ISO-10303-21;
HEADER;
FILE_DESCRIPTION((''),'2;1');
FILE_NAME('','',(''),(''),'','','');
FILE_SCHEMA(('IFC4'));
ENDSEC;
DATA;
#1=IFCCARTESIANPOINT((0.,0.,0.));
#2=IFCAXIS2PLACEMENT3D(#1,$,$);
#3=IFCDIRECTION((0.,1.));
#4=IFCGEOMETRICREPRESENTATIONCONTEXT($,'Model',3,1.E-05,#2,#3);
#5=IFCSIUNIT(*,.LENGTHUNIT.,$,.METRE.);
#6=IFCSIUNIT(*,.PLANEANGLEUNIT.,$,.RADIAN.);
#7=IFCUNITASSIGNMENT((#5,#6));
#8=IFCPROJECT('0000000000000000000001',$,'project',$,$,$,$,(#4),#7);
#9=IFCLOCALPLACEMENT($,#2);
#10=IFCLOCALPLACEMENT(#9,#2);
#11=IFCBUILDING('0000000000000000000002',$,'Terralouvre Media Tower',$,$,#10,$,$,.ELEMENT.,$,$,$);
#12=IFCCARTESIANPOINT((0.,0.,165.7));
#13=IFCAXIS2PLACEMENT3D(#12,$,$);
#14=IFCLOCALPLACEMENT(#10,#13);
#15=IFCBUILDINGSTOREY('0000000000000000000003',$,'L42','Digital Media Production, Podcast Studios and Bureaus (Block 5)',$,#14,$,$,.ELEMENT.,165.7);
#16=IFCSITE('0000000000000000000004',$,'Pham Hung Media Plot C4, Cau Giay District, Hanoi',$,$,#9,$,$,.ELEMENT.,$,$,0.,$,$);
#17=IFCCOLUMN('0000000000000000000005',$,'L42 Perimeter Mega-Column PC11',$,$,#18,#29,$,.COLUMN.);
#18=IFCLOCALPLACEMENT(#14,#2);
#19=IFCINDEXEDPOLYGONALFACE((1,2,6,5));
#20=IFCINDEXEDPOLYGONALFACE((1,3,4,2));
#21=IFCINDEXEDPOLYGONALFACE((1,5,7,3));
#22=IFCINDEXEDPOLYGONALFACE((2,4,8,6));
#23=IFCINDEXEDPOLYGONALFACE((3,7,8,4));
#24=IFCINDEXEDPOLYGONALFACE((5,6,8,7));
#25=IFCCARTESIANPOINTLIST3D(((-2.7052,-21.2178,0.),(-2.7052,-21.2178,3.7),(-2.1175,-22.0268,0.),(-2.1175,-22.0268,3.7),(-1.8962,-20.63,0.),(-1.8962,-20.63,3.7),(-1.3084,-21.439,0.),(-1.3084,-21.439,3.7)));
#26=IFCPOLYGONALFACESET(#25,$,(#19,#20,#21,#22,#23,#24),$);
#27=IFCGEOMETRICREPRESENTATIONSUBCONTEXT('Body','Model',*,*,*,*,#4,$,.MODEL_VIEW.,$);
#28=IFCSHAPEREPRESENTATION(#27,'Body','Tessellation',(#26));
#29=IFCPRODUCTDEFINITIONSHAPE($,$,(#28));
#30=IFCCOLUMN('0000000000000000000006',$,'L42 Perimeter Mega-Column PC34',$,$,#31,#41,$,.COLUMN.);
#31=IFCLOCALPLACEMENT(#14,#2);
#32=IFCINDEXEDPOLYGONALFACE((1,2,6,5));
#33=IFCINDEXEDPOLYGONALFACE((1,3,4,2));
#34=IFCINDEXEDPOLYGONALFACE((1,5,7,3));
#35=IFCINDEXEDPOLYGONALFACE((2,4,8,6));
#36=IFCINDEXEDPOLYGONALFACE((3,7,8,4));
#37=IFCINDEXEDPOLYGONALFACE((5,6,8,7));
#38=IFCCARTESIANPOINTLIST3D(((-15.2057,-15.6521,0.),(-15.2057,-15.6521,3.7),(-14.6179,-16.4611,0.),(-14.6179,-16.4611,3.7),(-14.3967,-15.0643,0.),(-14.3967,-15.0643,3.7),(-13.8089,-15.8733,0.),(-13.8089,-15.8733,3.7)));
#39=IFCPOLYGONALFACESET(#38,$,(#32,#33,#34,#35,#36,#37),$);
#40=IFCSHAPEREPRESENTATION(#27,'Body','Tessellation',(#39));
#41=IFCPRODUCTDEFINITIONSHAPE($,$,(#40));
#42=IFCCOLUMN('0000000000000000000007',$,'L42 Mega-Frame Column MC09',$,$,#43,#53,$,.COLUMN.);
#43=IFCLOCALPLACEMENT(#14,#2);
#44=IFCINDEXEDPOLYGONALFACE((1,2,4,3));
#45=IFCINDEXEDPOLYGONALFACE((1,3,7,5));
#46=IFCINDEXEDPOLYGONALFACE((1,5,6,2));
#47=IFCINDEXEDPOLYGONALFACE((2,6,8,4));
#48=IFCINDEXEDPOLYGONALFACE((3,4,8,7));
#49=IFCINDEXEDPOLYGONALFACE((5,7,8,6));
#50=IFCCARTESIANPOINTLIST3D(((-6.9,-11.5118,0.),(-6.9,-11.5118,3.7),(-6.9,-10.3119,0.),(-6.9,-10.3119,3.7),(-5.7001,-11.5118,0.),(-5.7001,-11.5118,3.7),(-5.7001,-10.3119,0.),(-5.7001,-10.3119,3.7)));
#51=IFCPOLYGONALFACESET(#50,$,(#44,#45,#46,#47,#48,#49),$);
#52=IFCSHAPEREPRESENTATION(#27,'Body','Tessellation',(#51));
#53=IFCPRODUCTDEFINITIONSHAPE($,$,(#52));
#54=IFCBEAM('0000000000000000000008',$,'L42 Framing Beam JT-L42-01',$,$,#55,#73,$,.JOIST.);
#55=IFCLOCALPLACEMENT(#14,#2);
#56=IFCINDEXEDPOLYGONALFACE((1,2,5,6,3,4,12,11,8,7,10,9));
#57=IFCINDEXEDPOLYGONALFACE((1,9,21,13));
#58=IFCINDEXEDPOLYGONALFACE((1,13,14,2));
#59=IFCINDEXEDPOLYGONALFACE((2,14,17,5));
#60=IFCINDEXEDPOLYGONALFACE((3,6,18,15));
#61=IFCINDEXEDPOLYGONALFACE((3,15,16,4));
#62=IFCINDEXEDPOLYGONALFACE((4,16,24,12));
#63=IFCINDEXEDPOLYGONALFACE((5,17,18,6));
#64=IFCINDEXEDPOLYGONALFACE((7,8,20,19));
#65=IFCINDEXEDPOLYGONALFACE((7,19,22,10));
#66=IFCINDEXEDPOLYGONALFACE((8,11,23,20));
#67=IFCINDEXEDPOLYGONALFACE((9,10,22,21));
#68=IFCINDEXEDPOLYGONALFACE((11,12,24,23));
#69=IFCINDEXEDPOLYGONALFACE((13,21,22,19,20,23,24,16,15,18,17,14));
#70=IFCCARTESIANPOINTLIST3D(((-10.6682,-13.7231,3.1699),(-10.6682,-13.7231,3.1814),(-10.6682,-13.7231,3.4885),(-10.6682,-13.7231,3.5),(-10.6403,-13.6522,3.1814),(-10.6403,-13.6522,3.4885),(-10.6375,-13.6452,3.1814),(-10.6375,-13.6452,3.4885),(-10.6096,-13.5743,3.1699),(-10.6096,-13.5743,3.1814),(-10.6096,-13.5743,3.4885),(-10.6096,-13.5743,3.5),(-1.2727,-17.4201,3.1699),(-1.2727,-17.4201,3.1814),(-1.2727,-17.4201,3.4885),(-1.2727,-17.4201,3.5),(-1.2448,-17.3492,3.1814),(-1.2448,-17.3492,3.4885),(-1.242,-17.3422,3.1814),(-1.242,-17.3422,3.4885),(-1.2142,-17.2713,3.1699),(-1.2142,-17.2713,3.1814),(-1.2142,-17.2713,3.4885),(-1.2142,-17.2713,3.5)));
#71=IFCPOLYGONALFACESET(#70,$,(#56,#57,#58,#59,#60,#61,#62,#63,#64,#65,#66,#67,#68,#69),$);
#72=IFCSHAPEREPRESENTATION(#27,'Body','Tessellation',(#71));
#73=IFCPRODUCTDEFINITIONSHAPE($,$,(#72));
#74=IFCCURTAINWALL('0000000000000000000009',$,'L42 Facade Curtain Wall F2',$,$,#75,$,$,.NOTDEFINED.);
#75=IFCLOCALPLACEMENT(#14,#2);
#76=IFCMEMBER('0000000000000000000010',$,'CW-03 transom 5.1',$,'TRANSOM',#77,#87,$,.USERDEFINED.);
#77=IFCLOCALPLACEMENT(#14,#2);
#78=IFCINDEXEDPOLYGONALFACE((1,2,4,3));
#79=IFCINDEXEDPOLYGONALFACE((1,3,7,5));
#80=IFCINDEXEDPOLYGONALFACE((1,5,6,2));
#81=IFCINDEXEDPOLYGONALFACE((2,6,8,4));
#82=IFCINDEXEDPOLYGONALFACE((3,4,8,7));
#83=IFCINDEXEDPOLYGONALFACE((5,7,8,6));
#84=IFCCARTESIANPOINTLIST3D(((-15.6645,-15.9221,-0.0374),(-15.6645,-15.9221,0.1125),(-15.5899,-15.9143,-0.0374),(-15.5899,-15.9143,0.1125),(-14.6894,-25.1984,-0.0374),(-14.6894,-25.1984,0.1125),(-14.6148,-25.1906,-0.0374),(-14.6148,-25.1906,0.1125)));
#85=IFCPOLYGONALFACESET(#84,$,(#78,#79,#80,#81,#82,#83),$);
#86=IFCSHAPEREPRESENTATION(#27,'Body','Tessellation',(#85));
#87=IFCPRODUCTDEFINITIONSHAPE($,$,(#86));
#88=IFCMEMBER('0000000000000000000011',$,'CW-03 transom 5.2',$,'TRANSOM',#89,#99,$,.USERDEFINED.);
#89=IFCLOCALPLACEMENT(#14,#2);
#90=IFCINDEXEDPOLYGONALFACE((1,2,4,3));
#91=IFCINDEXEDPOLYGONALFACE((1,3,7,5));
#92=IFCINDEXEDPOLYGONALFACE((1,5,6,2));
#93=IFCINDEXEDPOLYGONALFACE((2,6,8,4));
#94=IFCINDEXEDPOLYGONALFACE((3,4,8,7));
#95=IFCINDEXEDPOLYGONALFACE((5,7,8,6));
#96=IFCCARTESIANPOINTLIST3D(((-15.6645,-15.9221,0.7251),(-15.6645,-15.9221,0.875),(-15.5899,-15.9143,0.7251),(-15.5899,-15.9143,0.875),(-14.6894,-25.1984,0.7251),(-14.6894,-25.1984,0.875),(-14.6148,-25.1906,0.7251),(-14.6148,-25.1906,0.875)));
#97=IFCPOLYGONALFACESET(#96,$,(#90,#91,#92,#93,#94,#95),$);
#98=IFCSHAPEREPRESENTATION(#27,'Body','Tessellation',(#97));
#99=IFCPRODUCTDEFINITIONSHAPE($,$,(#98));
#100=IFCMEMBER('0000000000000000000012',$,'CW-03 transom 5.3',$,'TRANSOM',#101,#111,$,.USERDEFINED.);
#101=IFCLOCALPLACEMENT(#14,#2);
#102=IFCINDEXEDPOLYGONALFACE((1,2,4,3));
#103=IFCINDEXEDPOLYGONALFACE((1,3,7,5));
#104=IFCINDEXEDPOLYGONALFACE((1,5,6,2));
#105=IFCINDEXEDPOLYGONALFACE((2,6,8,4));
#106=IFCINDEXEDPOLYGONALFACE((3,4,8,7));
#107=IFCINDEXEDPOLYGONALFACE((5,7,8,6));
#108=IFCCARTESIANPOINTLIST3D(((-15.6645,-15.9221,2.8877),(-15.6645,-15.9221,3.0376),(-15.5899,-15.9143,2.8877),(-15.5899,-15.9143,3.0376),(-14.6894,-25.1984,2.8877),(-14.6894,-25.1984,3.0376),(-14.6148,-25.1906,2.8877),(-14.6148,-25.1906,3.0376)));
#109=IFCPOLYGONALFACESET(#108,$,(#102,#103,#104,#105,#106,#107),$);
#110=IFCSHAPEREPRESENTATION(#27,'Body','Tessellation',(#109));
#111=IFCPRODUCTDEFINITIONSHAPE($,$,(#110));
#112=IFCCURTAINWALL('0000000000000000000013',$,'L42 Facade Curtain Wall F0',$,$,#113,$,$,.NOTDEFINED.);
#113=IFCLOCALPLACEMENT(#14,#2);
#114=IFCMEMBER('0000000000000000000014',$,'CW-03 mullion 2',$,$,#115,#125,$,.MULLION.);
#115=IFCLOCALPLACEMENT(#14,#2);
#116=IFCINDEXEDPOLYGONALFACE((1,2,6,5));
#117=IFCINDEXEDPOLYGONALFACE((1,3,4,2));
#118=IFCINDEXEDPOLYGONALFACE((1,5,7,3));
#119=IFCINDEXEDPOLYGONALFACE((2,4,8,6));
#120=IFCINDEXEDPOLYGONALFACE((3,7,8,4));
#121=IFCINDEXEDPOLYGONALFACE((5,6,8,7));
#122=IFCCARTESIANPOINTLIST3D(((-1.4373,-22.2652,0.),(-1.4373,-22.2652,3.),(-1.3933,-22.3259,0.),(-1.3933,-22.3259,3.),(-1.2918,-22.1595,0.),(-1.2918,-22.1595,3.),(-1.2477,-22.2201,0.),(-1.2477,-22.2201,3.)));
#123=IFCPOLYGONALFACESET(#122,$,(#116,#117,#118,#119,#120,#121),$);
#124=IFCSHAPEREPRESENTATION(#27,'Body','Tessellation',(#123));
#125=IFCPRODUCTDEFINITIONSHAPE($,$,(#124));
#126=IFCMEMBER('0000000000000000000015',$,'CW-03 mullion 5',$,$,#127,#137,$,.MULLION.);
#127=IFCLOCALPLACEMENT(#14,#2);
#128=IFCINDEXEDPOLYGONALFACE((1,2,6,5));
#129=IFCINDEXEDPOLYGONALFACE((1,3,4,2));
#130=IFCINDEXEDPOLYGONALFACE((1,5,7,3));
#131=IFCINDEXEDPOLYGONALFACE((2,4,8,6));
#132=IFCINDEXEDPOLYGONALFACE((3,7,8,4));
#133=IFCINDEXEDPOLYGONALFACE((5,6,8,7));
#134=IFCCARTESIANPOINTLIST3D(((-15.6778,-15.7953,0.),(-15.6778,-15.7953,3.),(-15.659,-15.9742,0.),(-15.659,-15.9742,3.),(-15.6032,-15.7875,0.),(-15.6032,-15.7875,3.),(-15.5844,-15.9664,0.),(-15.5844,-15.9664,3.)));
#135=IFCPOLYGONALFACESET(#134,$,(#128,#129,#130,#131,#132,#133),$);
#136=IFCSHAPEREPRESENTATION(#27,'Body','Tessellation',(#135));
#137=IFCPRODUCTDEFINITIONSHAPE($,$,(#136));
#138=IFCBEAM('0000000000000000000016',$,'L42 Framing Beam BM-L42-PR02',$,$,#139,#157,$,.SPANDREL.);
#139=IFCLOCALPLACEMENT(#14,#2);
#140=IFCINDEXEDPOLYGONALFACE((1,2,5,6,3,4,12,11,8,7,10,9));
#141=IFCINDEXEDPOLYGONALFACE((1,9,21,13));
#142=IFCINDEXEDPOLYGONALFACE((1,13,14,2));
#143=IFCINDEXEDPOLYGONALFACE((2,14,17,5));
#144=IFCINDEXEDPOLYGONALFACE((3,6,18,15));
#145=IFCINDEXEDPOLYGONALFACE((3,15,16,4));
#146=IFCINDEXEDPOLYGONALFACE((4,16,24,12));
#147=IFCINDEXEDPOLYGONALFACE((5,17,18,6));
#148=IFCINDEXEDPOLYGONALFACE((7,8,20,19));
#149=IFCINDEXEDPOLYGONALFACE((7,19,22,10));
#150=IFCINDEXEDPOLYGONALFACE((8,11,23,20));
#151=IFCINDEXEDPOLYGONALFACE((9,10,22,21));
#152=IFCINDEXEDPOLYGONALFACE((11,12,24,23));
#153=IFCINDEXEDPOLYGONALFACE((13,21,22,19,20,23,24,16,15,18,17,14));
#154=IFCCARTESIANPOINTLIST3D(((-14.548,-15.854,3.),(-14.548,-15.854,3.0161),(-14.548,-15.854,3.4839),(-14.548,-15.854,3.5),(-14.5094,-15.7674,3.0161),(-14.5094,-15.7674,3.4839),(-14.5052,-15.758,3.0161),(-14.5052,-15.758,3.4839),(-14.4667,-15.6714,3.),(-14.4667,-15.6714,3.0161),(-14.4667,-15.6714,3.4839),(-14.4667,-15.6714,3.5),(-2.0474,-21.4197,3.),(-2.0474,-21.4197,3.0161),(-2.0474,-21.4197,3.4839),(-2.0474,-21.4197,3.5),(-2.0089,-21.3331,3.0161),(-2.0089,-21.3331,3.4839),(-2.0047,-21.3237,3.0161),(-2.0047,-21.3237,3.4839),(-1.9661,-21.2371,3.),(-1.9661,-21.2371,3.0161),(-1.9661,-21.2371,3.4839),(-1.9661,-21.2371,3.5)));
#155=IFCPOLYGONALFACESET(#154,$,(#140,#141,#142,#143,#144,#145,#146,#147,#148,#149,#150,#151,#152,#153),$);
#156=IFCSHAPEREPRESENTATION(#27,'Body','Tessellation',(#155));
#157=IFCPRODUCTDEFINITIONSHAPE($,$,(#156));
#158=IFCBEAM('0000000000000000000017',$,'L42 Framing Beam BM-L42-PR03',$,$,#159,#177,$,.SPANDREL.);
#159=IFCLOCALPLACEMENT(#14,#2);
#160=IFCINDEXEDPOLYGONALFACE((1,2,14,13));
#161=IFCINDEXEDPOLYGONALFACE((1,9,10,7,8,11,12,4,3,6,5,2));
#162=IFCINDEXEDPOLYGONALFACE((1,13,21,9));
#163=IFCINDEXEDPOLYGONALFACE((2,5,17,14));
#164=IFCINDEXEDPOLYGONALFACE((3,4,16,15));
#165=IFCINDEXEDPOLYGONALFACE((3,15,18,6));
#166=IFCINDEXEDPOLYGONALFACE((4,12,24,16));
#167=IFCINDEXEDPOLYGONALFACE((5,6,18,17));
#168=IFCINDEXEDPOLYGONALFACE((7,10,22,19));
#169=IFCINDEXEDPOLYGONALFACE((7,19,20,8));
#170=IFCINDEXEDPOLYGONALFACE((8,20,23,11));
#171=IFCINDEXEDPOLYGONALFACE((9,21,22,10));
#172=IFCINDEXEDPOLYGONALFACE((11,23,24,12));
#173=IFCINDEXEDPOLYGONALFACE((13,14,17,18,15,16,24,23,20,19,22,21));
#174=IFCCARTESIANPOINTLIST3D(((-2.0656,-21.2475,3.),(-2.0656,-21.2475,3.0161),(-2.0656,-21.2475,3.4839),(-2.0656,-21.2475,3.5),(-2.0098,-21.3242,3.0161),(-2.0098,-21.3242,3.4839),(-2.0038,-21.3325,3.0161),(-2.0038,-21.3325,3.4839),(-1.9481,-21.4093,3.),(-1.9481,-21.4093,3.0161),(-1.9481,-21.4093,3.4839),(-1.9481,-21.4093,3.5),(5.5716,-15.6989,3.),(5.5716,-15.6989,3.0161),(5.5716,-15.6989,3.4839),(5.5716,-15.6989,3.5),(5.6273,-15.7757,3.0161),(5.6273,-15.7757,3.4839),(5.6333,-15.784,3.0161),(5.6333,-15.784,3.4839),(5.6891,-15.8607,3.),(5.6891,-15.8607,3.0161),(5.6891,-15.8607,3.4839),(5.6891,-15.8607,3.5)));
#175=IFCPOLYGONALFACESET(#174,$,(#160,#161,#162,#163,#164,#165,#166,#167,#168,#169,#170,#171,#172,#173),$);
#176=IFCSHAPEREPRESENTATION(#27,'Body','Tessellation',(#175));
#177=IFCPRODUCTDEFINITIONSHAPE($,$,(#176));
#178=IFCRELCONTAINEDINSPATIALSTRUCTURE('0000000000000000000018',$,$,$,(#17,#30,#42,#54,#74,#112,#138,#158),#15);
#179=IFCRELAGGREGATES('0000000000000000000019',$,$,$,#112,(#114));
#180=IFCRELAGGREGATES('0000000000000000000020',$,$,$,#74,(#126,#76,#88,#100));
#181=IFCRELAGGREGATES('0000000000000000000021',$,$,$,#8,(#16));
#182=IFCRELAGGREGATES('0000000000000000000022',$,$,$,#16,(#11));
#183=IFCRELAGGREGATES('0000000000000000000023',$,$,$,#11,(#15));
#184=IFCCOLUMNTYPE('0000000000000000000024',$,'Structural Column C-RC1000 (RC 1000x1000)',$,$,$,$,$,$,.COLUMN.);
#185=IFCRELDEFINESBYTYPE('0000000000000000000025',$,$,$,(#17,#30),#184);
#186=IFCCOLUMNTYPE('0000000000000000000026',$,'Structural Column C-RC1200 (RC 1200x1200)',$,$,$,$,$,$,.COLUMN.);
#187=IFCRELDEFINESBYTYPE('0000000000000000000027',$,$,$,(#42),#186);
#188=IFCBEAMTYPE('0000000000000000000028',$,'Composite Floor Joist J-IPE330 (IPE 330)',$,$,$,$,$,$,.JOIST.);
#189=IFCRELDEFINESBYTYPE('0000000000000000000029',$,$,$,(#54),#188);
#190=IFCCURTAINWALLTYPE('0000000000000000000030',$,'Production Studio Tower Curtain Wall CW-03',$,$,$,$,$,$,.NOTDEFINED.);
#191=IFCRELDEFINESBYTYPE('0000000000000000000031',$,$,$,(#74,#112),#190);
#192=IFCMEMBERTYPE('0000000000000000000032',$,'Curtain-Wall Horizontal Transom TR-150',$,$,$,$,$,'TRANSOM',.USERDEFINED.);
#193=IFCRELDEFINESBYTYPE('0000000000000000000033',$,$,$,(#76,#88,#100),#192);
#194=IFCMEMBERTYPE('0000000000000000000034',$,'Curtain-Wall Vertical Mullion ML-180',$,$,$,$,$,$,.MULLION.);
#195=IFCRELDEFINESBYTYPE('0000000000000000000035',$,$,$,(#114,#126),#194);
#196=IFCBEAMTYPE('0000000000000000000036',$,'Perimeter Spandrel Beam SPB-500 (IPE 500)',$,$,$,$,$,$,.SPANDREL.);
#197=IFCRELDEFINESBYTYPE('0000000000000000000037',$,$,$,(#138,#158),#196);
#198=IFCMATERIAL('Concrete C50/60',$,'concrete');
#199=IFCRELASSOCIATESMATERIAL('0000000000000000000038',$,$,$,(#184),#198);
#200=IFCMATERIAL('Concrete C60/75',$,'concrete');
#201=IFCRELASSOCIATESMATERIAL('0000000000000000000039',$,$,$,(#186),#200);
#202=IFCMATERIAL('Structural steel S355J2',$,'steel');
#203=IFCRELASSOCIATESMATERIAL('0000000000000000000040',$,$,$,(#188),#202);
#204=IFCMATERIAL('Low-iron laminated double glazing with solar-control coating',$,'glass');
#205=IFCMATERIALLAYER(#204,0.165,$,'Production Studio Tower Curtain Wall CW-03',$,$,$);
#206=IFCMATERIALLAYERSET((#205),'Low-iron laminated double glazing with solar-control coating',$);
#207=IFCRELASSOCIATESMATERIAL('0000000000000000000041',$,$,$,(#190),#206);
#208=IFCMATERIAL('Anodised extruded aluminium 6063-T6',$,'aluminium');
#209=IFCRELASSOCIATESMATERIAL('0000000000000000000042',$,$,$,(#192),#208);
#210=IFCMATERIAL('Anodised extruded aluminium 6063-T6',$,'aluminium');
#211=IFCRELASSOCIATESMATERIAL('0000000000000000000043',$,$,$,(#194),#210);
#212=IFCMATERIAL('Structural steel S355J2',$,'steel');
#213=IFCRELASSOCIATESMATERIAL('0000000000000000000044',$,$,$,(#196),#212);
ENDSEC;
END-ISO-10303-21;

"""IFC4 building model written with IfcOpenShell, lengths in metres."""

from ifc_helpers import new_model, si_unit, direction, frame, origin, origin_2d, place, context, subcontext, project, spatial, rectangle, i_section, extrude, material, layer, layer_set, material_profile, profile_set, type_object, element, aggregate, save


model = new_model("IFC4")

# Units and contexts
model_context = context("Model", 3, precision=1e-05, world=origin(), true_north=direction((0.0, 1.0)))
body_context = subcontext(model_context, "Body", "Model", "MODEL_VIEW")
ifc_project = project(units=[si_unit("LENGTHUNIT", "METRE"), si_unit("PLANEANGLEUNIT", "RADIAN")], contexts=[model_context])

# Site, building, storey
site_placement = place(None, origin())
site = spatial("IfcSite", under=ifc_project, at=site_placement, Name="Pham Hung Media Plot C4, Cau Giay District, Hanoi", CompositionType="ELEMENT", RefElevation=0.0)
building_placement = place(site_placement, origin())
building = spatial("IfcBuilding", under=site, at=building_placement, Name="Terralouvre Media Tower", CompositionType="ELEMENT")
storey_placement = place(building_placement, frame((0.0, 0.0, 165.7)))
storey = spatial("IfcBuildingStorey", under=building, at=storey_placement, Name="L42", Description="Digital Media Production, Podcast Studios and Bureaus (Block 5)", CompositionType="ELEMENT", Elevation=165.7)

# Columns
ifc_material_1 = material(Name="Concrete C50/60", Category="concrete")
ifc_material_profile_1 = material_profile(ifc_material_1, rectangle(XDim=1.0, YDim=1.0, at=origin_2d()), Name="RC 1000x1000")
ifc_profile_set_1 = profile_set([ifc_material_profile_1], Name="Concrete C50/60")
column_type_1 = type_object("IfcColumnType", Name="Structural Column C-RC1000 (RC 1000x1000)", PredefinedType="COLUMN", material=ifc_profile_set_1)
for number, where, z_axis, x_axis, name in (
    (1, (-2.0068, -21.3284, 0.0), (0.0, 0.0, 1.0), (0.809017, 0.587785, 0.0), "L42 Perimeter Mega-Column PC11"),
    (2, (-14.5073, -15.7627, 0.0), (0.0, 0.0, 1.0), (0.809017, 0.587785, 0.0), "L42 Perimeter Mega-Column PC34"),
):
    element("IfcColumn", number, at=place(storey_placement, frame(where, z_axis=z_axis, x_axis=x_axis)), inside=storey, type_object=column_type_1, Name=name, PredefinedType="COLUMN", context=body_context, shape_type="SweptSolid", body=[
        extrude(rectangle(XDim=1.0, YDim=1.0, at=origin_2d()), origin(), (0.0, 0.0, 1.0), 3.7),
    ])
ifc_material_2 = material(Name="Concrete C60/75", Category="concrete")
ifc_material_profile_2 = material_profile(ifc_material_2, rectangle(XDim=1.2, YDim=1.2, at=origin_2d()), Name="RC 1200x1200")
ifc_profile_set_2 = profile_set([ifc_material_profile_2], Name="Concrete C60/75")
column_type_2 = type_object("IfcColumnType", Name="Structural Column C-RC1200 (RC 1200x1200)", PredefinedType="COLUMN", material=ifc_profile_set_2)
column_placement = place(storey_placement, frame((-6.3, -10.9119, 0.0), z_axis=(0.0, 0.0, 1.0), x_axis=(1.0, 0.0, 0.0)))
element("IfcColumn", 3, at=column_placement, inside=storey, type_object=column_type_2, Name="L42 Mega-Frame Column MC09", PredefinedType="COLUMN", context=body_context, shape_type="SweptSolid", body=[
    extrude(rectangle(XDim=1.2, YDim=1.2, at=origin_2d()), origin(), (0.0, 0.0, 1.0), 3.7),
])

# Beam
ifc_material_3 = material(Name="Structural steel S355J2", Category="steel")
ifc_material_profile_3 = material_profile(ifc_material_3, i_section(OverallWidth=0.1599, OverallDepth=0.3301, WebThickness=0.0076, FlangeThickness=0.0115, at=origin_2d()), Name="IPE 330")
ifc_profile_set_3 = profile_set([ifc_material_profile_3], Name="Structural steel S355J2")
beam_type_1 = type_object("IfcBeamType", Name="Composite Floor Joist J-IPE330 (IPE 330)", PredefinedType="JOIST", material=ifc_profile_set_3)
beam_1_placement = place(storey_placement, frame((-10.6389, -13.6487, 3.335), z_axis=(0.930552, -0.366161, 0.0), x_axis=(0.366161, 0.930552, 0.0)))
element("IfcBeam", 4, at=beam_1_placement, inside=storey, type_object=beam_type_1, Name="L42 Framing Beam JT-L42-01", PredefinedType="JOIST", context=body_context, shape_type="SweptSolid", body=[
    extrude(i_section(OverallWidth=0.1599, OverallDepth=0.3301, WebThickness=0.0076, FlangeThickness=0.0115, at=origin_2d()), origin(), (0.0, 0.0, 1.0), 10.0967),
])

# Curtain wall, members
ifc_material_4 = material(Name="Low-iron laminated double glazing with solar-control coating", Category="glass")
ifc_layer_1 = layer(ifc_material_4, 0.165, Name="Production Studio Tower Curtain Wall CW-03")
ifc_layer_set_1 = layer_set([ifc_layer_1], Name="Low-iron laminated double glazing with solar-control coating")
curtain_wall_type = type_object("IfcCurtainWallType", Name="Production Studio Tower Curtain Wall CW-03", PredefinedType="NOTDEFINED", material=ifc_layer_set_1)
curtain_wall_1_placement = place(storey_placement, origin())
curtain_wall_1 = element("IfcCurtainWall", 5, at=curtain_wall_1_placement, inside=storey, type_object=curtain_wall_type, Name="L42 Facade Curtain Wall F2", PredefinedType="NOTDEFINED")
ifc_material_5 = material(Name="Anodised extruded aluminium 6063-T6", Category="aluminium")
ifc_material_profile_4 = material_profile(ifc_material_5, rectangle(XDim=0.075, YDim=0.1499, at=origin_2d()), Name="ALU 75x150")
ifc_profile_set_4 = profile_set([ifc_material_profile_4], Name="Anodised extruded aluminium 6063-T6")
member_type_1 = type_object("IfcMemberType", Name="Curtain-Wall Horizontal Transom TR-150", ElementType="TRANSOM", PredefinedType="USERDEFINED", material=ifc_profile_set_4)
member_1_placement = place(storey_placement, frame((-15.6272, -15.9182, 0.0376), z_axis=(0.10454, -0.994521, 0.0), x_axis=(0.994521, 0.10454, 0.0)))
member_1 = element("IfcMember", 6, at=member_1_placement, type_object=member_type_1, Name="CW-03 transom 5.1", ObjectType="TRANSOM", PredefinedType="USERDEFINED", context=body_context, shape_type="SweptSolid", body=[
    extrude(rectangle(XDim=0.075, YDim=0.1499, at=origin_2d()), origin(), (0.0, 0.0, 1.0), 9.3274),
])
member_2_placement = place(storey_placement, frame((-15.6272, -15.9182, 0.8), z_axis=(0.10454, -0.994521, 0.0), x_axis=(0.994521, 0.10454, 0.0)))
member_2 = element("IfcMember", 7, at=member_2_placement, type_object=member_type_1, Name="CW-03 transom 5.2", ObjectType="TRANSOM", PredefinedType="USERDEFINED", context=body_context, shape_type="SweptSolid", body=[
    extrude(rectangle(XDim=0.075, YDim=0.1499, at=origin_2d()), origin(), (0.0, 0.0, 1.0), 9.3274),
])
member_3_placement = place(storey_placement, frame((-15.6272, -15.9182, 2.9626), z_axis=(0.10454, -0.994521, 0.0), x_axis=(0.994521, 0.10454, 0.0)))
member_3 = element("IfcMember", 8, at=member_3_placement, type_object=member_type_1, Name="CW-03 transom 5.3", ObjectType="TRANSOM", PredefinedType="USERDEFINED", context=body_context, shape_type="SweptSolid", body=[
    extrude(rectangle(XDim=0.075, YDim=0.1499, at=origin_2d()), origin(), (0.0, 0.0, 1.0), 9.3274),
])

# Curtain wall, member
curtain_wall_2_placement = place(storey_placement, origin())
curtain_wall_2 = element("IfcCurtainWall", 9, at=curtain_wall_2_placement, inside=storey, type_object=curtain_wall_type, Name="L42 Facade Curtain Wall F0", PredefinedType="NOTDEFINED")
ifc_material_6 = material(Name="Anodised extruded aluminium 6063-T6", Category="aluminium")
ifc_material_profile_5 = material_profile(ifc_material_6, rectangle(XDim=0.075, YDim=0.1799, at=origin_2d()), Name="ALU 75x180")
ifc_profile_set_5 = profile_set([ifc_material_profile_5], Name="Anodised extruded aluminium 6063-T6")
member_type_2 = type_object("IfcMemberType", Name="Curtain-Wall Vertical Mullion ML-180", PredefinedType="MULLION", material=ifc_profile_set_5)
member_4_placement = place(storey_placement, frame((-1.3425, -22.2427, 0.0), z_axis=(0.0, 0.0, 1.0), x_axis=(-0.587785, 0.809017, 0.0)))
member_4 = element("IfcMember", 10, at=member_4_placement, type_object=member_type_2, Name="CW-03 mullion 2", PredefinedType="MULLION", context=body_context, shape_type="SweptSolid", body=[
    extrude(rectangle(XDim=0.075, YDim=0.1799, at=origin_2d()), origin(), (0.0, 0.0, 1.0), 3.0),
])
aggregate(curtain_wall_2, [member_4])

# Member
member_5_placement = place(storey_placement, frame((-15.6311, -15.8809, 0.0), z_axis=(0.0, 0.0, 1.0), x_axis=(0.994522, 0.104528, 0.0)))
member_5 = element("IfcMember", 11, at=member_5_placement, type_object=member_type_2, Name="CW-03 mullion 5", PredefinedType="MULLION", context=body_context, shape_type="SweptSolid", body=[
    extrude(rectangle(XDim=0.075, YDim=0.1799, at=origin_2d()), origin(), (0.0, 0.0, 1.0), 3.0),
])

# Beams
ifc_material_7 = material(Name="Structural steel S355J2", Category="steel")
ifc_material_profile_6 = material_profile(ifc_material_7, i_section(OverallWidth=0.2, OverallDepth=0.5, WebThickness=0.0103, FlangeThickness=0.0161, at=origin_2d()), Name="IPE 500")
ifc_profile_set_6 = profile_set([ifc_material_profile_6], Name="Structural steel S355J2")
beam_type_2 = type_object("IfcBeamType", Name="Perimeter Spandrel Beam SPB-500 (IPE 500)", PredefinedType="SPANDREL", material=ifc_profile_set_6)
beam_2_placement = place(storey_placement, frame((-14.5073, -15.7627, 3.25), z_axis=(0.913543, -0.406743, 0.0), x_axis=(0.406743, 0.913543, 0.0)))
element("IfcBeam", 12, at=beam_2_placement, inside=storey, type_object=beam_type_2, Name="L42 Framing Beam BM-L42-PR02", PredefinedType="SPANDREL", context=body_context, shape_type="SweptSolid", body=[
    extrude(i_section(OverallWidth=0.2, OverallDepth=0.5, WebThickness=0.0103, FlangeThickness=0.0161, at=origin_2d()), origin(), (0.0, 0.0, 1.0), 13.6836),
])
beam_3_placement = place(storey_placement, frame((-2.0068, -21.3284, 3.25), z_axis=(0.809026, 0.587773, 0.0), x_axis=(-0.587773, 0.809026, 0.0)))
element("IfcBeam", 13, at=beam_3_placement, inside=storey, type_object=beam_type_2, Name="L42 Framing Beam BM-L42-PR03", PredefinedType="SPANDREL", context=body_context, shape_type="SweptSolid", body=[
    extrude(i_section(OverallWidth=0.2, OverallDepth=0.5, WebThickness=0.0103, FlangeThickness=0.0161, at=origin_2d()), origin(), (0.0, 0.0, 1.0), 9.4399),
])

aggregate(curtain_wall_1, [member_5, member_1, member_2, member_3])

save(model, "model.ifc")
